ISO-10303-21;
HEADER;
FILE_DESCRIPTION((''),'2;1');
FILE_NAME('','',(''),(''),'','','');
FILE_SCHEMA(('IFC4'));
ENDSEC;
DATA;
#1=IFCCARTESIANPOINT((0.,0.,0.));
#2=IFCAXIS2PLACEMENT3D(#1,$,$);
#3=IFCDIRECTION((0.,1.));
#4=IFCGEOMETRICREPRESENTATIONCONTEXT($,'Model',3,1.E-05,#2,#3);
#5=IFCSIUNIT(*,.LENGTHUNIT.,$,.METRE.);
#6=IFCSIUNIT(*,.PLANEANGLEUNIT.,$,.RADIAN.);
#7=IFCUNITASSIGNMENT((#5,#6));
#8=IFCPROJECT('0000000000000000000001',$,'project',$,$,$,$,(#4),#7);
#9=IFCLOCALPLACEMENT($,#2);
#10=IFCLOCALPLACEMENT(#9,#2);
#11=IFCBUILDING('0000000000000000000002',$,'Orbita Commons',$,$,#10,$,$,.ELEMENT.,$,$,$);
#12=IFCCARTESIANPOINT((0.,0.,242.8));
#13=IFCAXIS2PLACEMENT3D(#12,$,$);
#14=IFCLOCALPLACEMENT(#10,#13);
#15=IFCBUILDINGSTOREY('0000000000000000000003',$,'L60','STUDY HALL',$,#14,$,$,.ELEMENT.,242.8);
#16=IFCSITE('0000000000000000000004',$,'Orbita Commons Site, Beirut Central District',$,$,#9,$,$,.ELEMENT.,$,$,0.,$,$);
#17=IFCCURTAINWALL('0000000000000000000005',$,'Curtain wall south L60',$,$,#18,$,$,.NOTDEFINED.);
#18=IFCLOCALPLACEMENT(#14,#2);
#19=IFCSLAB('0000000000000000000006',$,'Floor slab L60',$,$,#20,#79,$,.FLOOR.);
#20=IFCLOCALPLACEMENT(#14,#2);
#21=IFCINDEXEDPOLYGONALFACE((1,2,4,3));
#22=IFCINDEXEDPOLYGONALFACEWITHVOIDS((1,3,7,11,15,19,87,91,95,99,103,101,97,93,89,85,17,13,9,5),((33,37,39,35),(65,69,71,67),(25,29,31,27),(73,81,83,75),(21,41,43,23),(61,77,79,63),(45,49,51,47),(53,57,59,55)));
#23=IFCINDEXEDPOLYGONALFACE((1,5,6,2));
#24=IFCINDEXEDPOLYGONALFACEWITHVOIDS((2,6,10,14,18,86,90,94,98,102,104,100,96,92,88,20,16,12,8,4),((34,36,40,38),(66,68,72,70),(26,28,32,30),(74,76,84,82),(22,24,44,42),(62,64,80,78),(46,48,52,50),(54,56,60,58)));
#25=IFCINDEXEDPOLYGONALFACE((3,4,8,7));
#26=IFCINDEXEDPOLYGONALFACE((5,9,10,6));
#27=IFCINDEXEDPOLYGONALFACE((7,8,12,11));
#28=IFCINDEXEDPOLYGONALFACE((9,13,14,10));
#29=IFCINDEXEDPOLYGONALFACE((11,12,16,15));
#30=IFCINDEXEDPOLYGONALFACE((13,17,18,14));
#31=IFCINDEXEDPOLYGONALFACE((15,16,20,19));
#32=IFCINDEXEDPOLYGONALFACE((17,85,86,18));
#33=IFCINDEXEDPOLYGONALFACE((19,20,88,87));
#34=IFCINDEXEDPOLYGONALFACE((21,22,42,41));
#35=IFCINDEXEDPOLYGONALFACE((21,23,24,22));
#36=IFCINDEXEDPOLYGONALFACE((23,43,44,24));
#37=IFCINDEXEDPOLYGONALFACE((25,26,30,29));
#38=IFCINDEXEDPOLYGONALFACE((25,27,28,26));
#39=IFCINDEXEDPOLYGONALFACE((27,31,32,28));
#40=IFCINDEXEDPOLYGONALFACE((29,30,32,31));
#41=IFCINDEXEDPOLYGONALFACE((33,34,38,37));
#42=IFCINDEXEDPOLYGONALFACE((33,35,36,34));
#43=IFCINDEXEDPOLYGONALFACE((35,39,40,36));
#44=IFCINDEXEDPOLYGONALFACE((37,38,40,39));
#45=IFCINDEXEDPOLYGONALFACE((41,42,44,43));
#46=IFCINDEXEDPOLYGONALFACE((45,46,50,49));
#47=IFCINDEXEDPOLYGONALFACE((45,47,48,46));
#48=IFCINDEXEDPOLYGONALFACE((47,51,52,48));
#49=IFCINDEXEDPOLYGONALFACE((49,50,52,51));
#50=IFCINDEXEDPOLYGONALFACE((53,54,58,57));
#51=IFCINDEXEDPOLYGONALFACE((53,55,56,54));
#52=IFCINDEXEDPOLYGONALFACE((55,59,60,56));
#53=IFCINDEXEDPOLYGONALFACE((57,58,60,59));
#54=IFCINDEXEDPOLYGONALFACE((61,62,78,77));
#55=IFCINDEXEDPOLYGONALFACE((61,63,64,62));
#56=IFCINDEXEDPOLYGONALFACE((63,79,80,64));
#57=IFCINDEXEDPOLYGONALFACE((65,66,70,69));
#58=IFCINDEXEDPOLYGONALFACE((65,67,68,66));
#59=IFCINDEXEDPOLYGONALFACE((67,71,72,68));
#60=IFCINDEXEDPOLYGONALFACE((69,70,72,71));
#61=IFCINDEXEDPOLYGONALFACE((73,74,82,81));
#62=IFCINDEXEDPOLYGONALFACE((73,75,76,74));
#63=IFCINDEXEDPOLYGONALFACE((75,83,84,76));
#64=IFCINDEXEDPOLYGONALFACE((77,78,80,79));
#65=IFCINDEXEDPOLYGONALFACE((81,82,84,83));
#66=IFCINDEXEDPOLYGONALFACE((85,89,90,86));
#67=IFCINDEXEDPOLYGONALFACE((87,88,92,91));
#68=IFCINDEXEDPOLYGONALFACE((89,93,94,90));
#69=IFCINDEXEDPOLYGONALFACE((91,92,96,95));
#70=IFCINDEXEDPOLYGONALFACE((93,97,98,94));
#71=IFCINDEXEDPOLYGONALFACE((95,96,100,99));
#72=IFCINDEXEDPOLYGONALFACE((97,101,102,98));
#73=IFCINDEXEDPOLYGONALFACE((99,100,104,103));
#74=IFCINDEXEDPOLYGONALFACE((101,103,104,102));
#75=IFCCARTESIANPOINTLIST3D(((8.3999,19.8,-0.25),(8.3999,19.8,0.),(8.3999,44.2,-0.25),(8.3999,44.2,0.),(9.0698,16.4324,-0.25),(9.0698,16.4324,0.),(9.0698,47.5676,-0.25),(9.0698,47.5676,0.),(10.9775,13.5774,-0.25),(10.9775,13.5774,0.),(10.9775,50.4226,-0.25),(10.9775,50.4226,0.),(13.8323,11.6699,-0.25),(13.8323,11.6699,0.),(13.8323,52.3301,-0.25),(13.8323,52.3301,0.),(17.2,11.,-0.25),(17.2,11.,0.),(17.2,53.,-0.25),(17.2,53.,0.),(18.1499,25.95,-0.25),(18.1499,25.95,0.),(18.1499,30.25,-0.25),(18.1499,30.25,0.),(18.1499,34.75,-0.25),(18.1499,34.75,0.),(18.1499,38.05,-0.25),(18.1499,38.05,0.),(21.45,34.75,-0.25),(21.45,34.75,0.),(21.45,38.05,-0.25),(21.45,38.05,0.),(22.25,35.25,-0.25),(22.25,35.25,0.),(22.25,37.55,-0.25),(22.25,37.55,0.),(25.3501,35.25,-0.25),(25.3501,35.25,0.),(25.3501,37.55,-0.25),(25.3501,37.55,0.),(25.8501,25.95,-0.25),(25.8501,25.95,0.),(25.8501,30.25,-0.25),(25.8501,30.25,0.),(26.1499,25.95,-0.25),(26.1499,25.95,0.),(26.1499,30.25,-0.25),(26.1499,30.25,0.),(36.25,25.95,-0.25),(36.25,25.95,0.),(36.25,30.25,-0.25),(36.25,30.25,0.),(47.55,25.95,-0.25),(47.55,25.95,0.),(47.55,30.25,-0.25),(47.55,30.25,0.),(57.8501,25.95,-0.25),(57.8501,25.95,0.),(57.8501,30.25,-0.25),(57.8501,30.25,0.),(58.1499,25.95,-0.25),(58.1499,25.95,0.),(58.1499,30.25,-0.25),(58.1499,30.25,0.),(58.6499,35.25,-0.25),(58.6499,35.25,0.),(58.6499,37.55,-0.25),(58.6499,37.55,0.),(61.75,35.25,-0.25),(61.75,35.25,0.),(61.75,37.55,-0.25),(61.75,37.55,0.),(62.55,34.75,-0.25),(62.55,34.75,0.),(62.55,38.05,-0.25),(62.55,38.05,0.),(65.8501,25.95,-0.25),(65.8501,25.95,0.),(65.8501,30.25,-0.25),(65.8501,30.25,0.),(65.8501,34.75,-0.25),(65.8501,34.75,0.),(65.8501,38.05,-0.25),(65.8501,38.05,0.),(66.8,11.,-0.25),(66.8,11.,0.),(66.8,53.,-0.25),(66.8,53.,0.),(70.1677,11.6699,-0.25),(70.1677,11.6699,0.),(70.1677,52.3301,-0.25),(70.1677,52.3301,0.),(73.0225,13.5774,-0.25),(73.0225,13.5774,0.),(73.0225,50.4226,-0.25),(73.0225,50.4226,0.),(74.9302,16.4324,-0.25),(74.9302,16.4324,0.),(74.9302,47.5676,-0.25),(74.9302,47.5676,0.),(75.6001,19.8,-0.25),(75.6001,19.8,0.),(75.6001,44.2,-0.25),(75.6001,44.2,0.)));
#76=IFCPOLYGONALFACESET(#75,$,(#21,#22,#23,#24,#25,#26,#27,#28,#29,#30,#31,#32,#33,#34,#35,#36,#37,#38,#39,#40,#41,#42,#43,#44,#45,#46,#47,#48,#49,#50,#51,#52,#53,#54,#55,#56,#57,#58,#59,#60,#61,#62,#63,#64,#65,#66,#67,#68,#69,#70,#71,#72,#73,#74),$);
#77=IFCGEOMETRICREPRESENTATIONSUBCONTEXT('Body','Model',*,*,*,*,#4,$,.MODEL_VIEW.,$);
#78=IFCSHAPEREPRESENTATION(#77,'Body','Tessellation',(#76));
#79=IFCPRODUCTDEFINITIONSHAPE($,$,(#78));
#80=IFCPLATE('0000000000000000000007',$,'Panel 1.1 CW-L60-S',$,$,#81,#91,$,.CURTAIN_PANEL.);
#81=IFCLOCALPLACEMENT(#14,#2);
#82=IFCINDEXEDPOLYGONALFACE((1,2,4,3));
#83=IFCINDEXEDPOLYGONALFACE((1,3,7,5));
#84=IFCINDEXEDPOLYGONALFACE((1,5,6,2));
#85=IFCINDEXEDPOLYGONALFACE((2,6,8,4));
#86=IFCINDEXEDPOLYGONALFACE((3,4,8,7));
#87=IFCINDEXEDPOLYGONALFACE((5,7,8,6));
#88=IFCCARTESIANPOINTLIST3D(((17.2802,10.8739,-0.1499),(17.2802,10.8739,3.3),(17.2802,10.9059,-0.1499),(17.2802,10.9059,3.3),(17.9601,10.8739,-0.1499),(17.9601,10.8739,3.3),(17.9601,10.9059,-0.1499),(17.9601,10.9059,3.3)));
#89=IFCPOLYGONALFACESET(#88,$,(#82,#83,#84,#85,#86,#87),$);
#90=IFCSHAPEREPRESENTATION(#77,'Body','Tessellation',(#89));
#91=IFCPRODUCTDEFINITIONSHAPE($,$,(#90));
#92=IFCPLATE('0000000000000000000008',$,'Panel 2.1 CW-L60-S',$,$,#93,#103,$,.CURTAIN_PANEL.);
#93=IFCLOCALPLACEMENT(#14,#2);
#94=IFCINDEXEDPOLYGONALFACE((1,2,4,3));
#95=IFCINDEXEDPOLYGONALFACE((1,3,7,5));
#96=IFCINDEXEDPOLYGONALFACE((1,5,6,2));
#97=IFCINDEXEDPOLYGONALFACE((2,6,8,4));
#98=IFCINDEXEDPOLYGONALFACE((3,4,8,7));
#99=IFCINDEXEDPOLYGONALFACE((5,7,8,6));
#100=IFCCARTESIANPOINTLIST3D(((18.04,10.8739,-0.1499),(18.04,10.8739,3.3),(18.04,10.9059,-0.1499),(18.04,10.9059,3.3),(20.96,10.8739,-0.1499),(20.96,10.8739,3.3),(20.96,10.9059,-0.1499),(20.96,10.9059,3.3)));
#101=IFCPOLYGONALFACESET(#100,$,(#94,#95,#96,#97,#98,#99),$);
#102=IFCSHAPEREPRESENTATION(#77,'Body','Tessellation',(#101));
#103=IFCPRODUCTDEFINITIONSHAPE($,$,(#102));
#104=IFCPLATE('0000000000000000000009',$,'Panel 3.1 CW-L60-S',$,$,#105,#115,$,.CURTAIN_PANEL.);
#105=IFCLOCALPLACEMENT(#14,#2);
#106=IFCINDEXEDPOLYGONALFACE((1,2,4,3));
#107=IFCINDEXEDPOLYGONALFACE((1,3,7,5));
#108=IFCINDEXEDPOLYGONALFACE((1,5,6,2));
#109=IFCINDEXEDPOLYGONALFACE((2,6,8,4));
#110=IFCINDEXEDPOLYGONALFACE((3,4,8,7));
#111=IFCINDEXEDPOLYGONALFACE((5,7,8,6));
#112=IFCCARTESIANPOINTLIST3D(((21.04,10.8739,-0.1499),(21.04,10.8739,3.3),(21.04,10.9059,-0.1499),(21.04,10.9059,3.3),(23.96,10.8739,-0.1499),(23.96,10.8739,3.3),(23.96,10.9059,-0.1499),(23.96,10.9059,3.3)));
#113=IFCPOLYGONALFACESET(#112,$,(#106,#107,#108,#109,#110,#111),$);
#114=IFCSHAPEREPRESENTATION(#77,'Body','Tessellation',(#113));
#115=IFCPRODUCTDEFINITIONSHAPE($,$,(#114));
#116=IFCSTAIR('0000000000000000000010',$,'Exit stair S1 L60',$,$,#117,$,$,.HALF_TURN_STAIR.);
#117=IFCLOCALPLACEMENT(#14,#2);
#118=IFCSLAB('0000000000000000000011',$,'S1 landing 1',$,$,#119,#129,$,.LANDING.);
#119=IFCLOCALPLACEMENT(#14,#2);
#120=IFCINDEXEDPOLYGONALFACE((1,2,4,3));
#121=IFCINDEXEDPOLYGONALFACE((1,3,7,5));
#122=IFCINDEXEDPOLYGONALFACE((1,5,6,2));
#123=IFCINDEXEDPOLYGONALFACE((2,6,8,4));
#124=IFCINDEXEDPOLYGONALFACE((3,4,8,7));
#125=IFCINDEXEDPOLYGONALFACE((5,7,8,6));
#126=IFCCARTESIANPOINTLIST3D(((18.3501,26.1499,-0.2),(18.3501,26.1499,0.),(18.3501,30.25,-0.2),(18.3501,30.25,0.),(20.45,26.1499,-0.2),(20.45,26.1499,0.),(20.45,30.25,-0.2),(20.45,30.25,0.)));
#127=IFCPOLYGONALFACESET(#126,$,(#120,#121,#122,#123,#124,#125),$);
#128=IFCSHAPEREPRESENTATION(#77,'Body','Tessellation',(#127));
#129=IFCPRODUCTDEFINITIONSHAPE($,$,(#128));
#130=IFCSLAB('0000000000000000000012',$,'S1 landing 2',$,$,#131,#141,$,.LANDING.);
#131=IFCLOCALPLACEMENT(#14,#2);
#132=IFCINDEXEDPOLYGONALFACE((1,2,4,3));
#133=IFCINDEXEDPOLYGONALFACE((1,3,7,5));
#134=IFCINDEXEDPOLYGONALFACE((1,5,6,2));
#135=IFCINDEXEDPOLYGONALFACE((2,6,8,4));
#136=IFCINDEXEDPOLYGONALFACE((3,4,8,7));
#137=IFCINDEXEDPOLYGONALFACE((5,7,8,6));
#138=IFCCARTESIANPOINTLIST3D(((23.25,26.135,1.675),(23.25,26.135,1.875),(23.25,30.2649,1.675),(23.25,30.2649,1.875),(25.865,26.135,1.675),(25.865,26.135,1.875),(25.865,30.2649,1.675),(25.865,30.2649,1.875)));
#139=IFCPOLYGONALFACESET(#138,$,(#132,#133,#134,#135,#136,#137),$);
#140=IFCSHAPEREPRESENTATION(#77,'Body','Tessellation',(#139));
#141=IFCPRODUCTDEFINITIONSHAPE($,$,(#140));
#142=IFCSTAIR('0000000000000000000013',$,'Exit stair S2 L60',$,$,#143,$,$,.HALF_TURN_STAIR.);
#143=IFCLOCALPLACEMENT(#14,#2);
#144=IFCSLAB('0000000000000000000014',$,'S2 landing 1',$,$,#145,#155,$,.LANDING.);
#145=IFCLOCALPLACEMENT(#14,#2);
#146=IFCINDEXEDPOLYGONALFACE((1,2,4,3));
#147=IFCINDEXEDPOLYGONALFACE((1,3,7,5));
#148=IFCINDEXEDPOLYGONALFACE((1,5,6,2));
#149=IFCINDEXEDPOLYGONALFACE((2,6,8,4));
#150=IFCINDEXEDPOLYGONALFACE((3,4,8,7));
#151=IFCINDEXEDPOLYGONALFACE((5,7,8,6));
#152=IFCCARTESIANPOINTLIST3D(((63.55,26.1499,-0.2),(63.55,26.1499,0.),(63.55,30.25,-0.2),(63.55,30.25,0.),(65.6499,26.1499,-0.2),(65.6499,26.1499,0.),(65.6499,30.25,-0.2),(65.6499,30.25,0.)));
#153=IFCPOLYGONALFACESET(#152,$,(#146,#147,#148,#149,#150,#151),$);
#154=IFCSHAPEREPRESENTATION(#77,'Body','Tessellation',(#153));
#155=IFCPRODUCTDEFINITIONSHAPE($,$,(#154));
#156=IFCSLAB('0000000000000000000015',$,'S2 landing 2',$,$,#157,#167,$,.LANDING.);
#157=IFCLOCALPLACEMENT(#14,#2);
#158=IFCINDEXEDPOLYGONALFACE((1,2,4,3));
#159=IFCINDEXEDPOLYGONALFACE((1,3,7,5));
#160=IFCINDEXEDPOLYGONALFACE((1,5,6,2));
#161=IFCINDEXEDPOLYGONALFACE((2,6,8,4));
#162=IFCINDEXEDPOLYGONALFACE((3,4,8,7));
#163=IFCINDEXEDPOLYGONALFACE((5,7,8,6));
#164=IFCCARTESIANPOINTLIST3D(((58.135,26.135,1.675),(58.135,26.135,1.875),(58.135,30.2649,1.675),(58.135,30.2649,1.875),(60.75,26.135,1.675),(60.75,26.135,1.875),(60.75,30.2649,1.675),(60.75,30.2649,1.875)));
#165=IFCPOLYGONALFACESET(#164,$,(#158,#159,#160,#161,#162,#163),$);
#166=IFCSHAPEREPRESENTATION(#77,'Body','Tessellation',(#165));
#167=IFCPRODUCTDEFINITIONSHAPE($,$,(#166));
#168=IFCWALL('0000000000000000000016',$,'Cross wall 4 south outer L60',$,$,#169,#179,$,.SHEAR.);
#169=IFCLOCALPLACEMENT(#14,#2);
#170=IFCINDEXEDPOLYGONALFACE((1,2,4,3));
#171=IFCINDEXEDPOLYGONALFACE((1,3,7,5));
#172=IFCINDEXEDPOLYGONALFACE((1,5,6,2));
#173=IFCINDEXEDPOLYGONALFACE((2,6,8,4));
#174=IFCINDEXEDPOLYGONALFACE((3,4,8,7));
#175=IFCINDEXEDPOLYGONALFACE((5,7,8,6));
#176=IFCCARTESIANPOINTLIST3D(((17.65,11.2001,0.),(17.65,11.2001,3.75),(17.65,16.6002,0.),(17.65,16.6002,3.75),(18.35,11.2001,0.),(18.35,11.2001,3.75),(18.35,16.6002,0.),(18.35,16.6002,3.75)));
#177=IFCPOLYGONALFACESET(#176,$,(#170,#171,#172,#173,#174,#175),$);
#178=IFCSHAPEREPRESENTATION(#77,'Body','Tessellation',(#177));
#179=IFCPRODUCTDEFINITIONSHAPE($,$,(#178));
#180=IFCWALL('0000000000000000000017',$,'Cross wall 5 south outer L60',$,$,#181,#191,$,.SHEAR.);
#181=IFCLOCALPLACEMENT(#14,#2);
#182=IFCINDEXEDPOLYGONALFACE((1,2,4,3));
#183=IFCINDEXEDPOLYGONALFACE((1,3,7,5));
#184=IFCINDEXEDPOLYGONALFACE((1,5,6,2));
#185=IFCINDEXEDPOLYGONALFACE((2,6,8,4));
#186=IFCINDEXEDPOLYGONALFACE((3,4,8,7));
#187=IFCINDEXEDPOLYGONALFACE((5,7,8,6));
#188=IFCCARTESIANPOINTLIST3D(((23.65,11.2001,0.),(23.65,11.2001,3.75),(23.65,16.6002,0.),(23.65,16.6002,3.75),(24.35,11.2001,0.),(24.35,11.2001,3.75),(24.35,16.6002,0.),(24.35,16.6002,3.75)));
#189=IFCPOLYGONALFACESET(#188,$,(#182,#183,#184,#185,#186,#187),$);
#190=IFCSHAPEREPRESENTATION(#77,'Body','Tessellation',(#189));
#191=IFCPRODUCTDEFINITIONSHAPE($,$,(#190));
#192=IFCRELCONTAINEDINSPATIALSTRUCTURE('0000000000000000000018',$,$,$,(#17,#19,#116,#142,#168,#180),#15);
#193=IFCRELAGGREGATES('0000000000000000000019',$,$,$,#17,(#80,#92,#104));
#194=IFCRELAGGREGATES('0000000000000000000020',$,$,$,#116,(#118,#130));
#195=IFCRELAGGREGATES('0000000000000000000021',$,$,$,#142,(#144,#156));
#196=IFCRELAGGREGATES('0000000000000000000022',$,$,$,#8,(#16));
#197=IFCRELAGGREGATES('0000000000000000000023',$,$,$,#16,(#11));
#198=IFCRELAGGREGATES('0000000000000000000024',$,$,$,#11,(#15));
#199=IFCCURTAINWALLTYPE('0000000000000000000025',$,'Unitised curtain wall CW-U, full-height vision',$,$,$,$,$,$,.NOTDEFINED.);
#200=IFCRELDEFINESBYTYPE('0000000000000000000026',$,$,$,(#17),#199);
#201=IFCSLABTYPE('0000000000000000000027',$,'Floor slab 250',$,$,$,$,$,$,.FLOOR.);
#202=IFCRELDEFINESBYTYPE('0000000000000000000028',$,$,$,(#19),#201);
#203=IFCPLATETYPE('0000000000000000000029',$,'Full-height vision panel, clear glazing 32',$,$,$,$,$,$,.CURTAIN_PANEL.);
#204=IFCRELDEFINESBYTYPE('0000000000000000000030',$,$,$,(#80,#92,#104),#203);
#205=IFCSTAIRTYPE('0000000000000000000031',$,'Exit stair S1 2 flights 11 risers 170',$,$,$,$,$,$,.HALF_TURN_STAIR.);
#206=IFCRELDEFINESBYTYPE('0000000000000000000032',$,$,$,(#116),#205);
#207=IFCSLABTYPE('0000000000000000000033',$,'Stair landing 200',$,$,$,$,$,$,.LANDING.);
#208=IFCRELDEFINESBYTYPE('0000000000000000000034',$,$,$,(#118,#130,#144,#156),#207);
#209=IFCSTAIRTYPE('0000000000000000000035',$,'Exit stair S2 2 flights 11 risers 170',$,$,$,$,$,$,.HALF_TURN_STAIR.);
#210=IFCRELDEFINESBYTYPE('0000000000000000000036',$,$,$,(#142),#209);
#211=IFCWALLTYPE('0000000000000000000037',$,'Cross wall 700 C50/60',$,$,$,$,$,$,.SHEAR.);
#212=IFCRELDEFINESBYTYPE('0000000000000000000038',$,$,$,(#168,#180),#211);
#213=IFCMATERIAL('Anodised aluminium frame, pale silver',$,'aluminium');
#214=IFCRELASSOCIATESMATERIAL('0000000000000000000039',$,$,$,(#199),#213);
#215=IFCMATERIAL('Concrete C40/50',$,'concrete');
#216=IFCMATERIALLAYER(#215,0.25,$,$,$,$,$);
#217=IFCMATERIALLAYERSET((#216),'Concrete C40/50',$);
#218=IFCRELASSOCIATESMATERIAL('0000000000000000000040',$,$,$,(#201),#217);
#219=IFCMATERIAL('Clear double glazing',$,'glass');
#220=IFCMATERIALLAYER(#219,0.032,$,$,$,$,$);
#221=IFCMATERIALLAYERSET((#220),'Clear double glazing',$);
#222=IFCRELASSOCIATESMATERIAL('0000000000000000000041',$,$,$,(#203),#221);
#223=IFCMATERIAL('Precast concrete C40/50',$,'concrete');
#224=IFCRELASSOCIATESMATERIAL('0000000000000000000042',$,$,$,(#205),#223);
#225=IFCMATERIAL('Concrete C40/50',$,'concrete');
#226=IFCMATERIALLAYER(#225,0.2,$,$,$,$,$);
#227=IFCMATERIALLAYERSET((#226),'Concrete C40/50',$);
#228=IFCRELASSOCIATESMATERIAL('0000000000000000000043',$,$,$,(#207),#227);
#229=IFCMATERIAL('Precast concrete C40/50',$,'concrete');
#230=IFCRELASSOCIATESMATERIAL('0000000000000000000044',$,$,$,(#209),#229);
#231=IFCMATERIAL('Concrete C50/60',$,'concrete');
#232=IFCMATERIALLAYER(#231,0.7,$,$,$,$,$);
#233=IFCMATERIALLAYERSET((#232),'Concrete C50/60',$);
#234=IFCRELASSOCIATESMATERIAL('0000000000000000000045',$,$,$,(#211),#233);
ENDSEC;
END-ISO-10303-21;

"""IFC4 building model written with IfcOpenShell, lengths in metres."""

from ifc_helpers import new_model, si_unit, direction, frame, frame_2d, origin, origin_2d, place, context, subcontext, project, spatial, polyline, rectangle, outline, extrude, material, layer, layer_set, type_object, element, aggregate, save


model = new_model("IFC4")

# Units and contexts
model_context = context("Model", 3, precision=1e-05, world=origin(), true_north=direction((0.0, 1.0)))
body_context = subcontext(model_context, "Body", "Model", "MODEL_VIEW")
ifc_project = project(units=[si_unit("LENGTHUNIT", "METRE"), si_unit("PLANEANGLEUNIT", "RADIAN")], contexts=[model_context])

# Site, building, storey
site_placement = place(None, origin())
site = spatial("IfcSite", under=ifc_project, at=site_placement, Name="Orbita Commons Site, Beirut Central District", CompositionType="ELEMENT", RefElevation=0.0)
building_placement = place(site_placement, origin())
building = spatial("IfcBuilding", under=site, at=building_placement, Name="Orbita Commons", CompositionType="ELEMENT")
storey_placement = place(building_placement, frame((0.0, 0.0, 242.8)))
storey = spatial("IfcBuildingStorey", under=building, at=storey_placement, Name="L60", Description="STUDY HALL", CompositionType="ELEMENT", Elevation=242.8)

# Curtain wall
ifc_material_1 = material(Name="Anodised aluminium frame, pale silver", Category="aluminium")
curtain_wall_type = type_object("IfcCurtainWallType", Name="Unitised curtain wall CW-U, full-height vision", PredefinedType="NOTDEFINED", material=ifc_material_1)
curtain_wall_placement = place(storey_placement, origin())
curtain_wall = element("IfcCurtainWall", 1, at=curtain_wall_placement, inside=storey, type_object=curtain_wall_type, Name="Curtain wall south L60", PredefinedType="NOTDEFINED")

# Slab
ifc_material_2 = material(Name="Concrete C40/50", Category="concrete")
ifc_layer_1 = layer(ifc_material_2, 0.25)
ifc_layer_set_1 = layer_set([ifc_layer_1], Name="Concrete C40/50")
slab_type_1 = type_object("IfcSlabType", Name="Floor slab 250", PredefinedType="FLOOR", material=ifc_layer_set_1)
slab_1_placement = place(storey_placement, frame((0.0, 0.0, -0.25)))
element("IfcSlab", 2, at=slab_1_placement, inside=storey, type_object=slab_type_1, Name="Floor slab L60", PredefinedType="FLOOR", context=body_context, shape_type="SweptSolid", body=[
    extrude(outline(polyline([(66.8, 11.0), (70.1677, 11.6699), (73.0225, 13.5774), (74.9302, 16.4324), (75.6001, 19.8), (75.6001, 44.2), (74.9302, 47.5676), (73.0225, 50.4226), (70.1677, 52.3301), (66.8, 53.0), (17.2, 53.0), (13.8323, 52.3301), (10.9775, 50.4226), (9.0698, 47.5676), (8.3999, 44.2), (8.3999, 19.8), (9.0698, 16.4324), (10.9775, 13.5774), (13.8323, 11.6699), (17.2, 11.0), (66.8, 11.0)]), holes=[polyline([(18.1499, 25.95), (25.8501, 25.95), (25.8501, 30.25), (18.1499, 30.25), (18.1499, 25.95)]), polyline([(58.1499, 25.95), (65.8501, 25.95), (65.8501, 30.25), (58.1499, 30.25), (58.1499, 25.95)]), polyline([(18.1499, 34.75), (21.45, 34.75), (21.45, 38.05), (18.1499, 38.05), (18.1499, 34.75)]), polyline([(62.55, 34.75), (65.8501, 34.75), (65.8501, 38.05), (62.55, 38.05), (62.55, 34.75)]), polyline([(22.25, 35.25), (25.3501, 35.25), (25.3501, 37.55), (22.25, 37.55), (22.25, 35.25)]), polyline([(58.6499, 35.25), (61.75, 35.25), (61.75, 37.55), (58.6499, 37.55), (58.6499, 35.25)]), polyline([(26.1499, 25.95), (36.25, 25.95), (36.25, 30.25), (26.1499, 30.25), (26.1499, 25.95)]), polyline([(47.55, 25.95), (57.8501, 25.95), (57.8501, 30.25), (47.55, 30.25), (47.55, 25.95)])]), origin(), (0.0, 0.0, 1.0), 0.25),
])

# Plates
ifc_material_3 = material(Name="Clear double glazing", Category="glass")
ifc_layer_2 = layer(ifc_material_3, 0.032)
ifc_layer_set_2 = layer_set([ifc_layer_2], Name="Clear double glazing")
plate_type = type_object("IfcPlateType", Name="Full-height vision panel, clear glazing 32", PredefinedType="CURTAIN_PANEL", material=ifc_layer_set_2)
plate_1_placement = place(storey_placement, frame((17.6201, 10.8899, -0.1499), z_axis=(0.0, 0.0, 1.0), x_axis=(1.0, 0.0, 0.0)))
plate_1 = element("IfcPlate", 3, at=plate_1_placement, type_object=plate_type, Name="Panel 1.1 CW-L60-S", PredefinedType="CURTAIN_PANEL", context=body_context, shape_type="SweptSolid", body=[
    extrude(rectangle(XDim=0.6799, YDim=0.032, at=origin_2d()), origin(), (0.0, 0.0, 1.0), 3.45),
])
plate_2_placement = place(storey_placement, frame((19.5, 10.8899, -0.1499), z_axis=(0.0, 0.0, 1.0), x_axis=(1.0, 0.0, 0.0)))
plate_2 = element("IfcPlate", 4, at=plate_2_placement, type_object=plate_type, Name="Panel 2.1 CW-L60-S", PredefinedType="CURTAIN_PANEL", context=body_context, shape_type="SweptSolid", body=[
    extrude(rectangle(XDim=2.9199, YDim=0.032, at=origin_2d()), origin(), (0.0, 0.0, 1.0), 3.45),
])
plate_3_placement = place(storey_placement, frame((22.5, 10.8899, -0.1499), z_axis=(0.0, 0.0, 1.0), x_axis=(1.0, 0.0, 0.0)))
plate_3 = element("IfcPlate", 5, at=plate_3_placement, type_object=plate_type, Name="Panel 3.1 CW-L60-S", PredefinedType="CURTAIN_PANEL", context=body_context, shape_type="SweptSolid", body=[
    extrude(rectangle(XDim=2.9199, YDim=0.032, at=origin_2d()), origin(), (0.0, 0.0, 1.0), 3.45),
])
aggregate(curtain_wall, [plate_1, plate_2, plate_3])

# Stairs, slabs
ifc_material_4 = material(Name="Precast concrete C40/50", Category="concrete")
stair_type_1 = type_object("IfcStairType", Name="Exit stair S1 2 flights 11 risers 170", PredefinedType="HALF_TURN_STAIR", material=ifc_material_4)
stair_1_placement = place(storey_placement, origin())
stair_1 = element("IfcStair", 6, at=stair_1_placement, inside=storey, type_object=stair_type_1, Name="Exit stair S1 L60", PredefinedType="HALF_TURN_STAIR")
ifc_material_5 = material(Name="Concrete C40/50", Category="concrete")
ifc_layer_3 = layer(ifc_material_5, 0.2)
ifc_layer_set_3 = layer_set([ifc_layer_3], Name="Concrete C40/50")
slab_type_2 = type_object("IfcSlabType", Name="Stair landing 200", PredefinedType="LANDING", material=ifc_layer_set_3)
slab_2_placement = place(storey_placement, frame((0.0, 0.0, -0.2)))
slab_2 = element("IfcSlab", 7, at=slab_2_placement, type_object=slab_type_2, Name="S1 landing 1", PredefinedType="LANDING", context=body_context, shape_type="SweptSolid", body=[
    extrude(outline(polyline([(18.3501, 26.1499), (20.45, 26.1499), (20.45, 30.25), (18.3501, 30.25), (18.3501, 26.1499)])), origin(), (0.0, 0.0, 1.0), 0.2),
])
slab_3_placement = place(storey_placement, frame((0.0, 0.0, 1.675)))
slab_3 = element("IfcSlab", 8, at=slab_3_placement, type_object=slab_type_2, Name="S1 landing 2", PredefinedType="LANDING", context=body_context, shape_type="SweptSolid", body=[
    extrude(outline(polyline([(23.25, 26.135), (25.865, 26.135), (25.865, 30.2649), (23.25, 30.2649), (23.25, 26.135)])), origin(), (0.0, 0.0, 1.0), 0.2),
])
aggregate(stair_1, [slab_2, slab_3])
ifc_material_6 = material(Name="Precast concrete C40/50", Category="concrete")
stair_type_2 = type_object("IfcStairType", Name="Exit stair S2 2 flights 11 risers 170", PredefinedType="HALF_TURN_STAIR", material=ifc_material_6)
stair_2_placement = place(storey_placement, origin())
stair_2 = element("IfcStair", 9, at=stair_2_placement, inside=storey, type_object=stair_type_2, Name="Exit stair S2 L60", PredefinedType="HALF_TURN_STAIR")
slab_4_placement = place(storey_placement, frame((0.0, 0.0, -0.2)))
slab_4 = element("IfcSlab", 10, at=slab_4_placement, type_object=slab_type_2, Name="S2 landing 1", PredefinedType="LANDING", context=body_context, shape_type="SweptSolid", body=[
    extrude(outline(polyline([(63.55, 26.1499), (65.6499, 26.1499), (65.6499, 30.25), (63.55, 30.25), (63.55, 26.1499)])), origin(), (0.0, 0.0, 1.0), 0.2),
])
slab_5_placement = place(storey_placement, frame((0.0, 0.0, 1.675)))
slab_5 = element("IfcSlab", 11, at=slab_5_placement, type_object=slab_type_2, Name="S2 landing 2", PredefinedType="LANDING", context=body_context, shape_type="SweptSolid", body=[
    extrude(outline(polyline([(58.135, 26.135), (60.75, 26.135), (60.75, 30.2649), (58.135, 30.2649), (58.135, 26.135)])), origin(), (0.0, 0.0, 1.0), 0.2),
])
aggregate(stair_2, [slab_4, slab_5])

# Walls
ifc_material_7 = material(Name="Concrete C50/60", Category="concrete")
ifc_layer_4 = layer(ifc_material_7, 0.7)
ifc_layer_set_4 = layer_set([ifc_layer_4], Name="Concrete C50/60")
wall_type_1 = type_object("IfcWallType", Name="Cross wall 700 C50/60", PredefinedType="SHEAR", material=ifc_layer_set_4)
for number, where, z_axis, x_axis, name in (
    (12, (18.0, 11.2, 0.0), (0.0, 0.0, 1.0), (0.0, 1.0, 0.0), "Cross wall 4 south outer L60"),
    (13, (24.0, 11.2, 0.0), (0.0, 0.0, 1.0), (0.0, 1.0, 0.0), "Cross wall 5 south outer L60"),
):
    element("IfcWall", number, at=place(storey_placement, frame(where, z_axis=z_axis, x_axis=x_axis)), inside=storey, type_object=wall_type_1, Name=name, PredefinedType="SHEAR", context=body_context, shape_type="SweptSolid", body=[
        extrude(rectangle(XDim=5.4001, YDim=0.7, at=frame_2d((2.7002, 0.0))), origin(), (0.0, 0.0, 1.0), 3.75),
    ])

save(model, "model.ifc")
